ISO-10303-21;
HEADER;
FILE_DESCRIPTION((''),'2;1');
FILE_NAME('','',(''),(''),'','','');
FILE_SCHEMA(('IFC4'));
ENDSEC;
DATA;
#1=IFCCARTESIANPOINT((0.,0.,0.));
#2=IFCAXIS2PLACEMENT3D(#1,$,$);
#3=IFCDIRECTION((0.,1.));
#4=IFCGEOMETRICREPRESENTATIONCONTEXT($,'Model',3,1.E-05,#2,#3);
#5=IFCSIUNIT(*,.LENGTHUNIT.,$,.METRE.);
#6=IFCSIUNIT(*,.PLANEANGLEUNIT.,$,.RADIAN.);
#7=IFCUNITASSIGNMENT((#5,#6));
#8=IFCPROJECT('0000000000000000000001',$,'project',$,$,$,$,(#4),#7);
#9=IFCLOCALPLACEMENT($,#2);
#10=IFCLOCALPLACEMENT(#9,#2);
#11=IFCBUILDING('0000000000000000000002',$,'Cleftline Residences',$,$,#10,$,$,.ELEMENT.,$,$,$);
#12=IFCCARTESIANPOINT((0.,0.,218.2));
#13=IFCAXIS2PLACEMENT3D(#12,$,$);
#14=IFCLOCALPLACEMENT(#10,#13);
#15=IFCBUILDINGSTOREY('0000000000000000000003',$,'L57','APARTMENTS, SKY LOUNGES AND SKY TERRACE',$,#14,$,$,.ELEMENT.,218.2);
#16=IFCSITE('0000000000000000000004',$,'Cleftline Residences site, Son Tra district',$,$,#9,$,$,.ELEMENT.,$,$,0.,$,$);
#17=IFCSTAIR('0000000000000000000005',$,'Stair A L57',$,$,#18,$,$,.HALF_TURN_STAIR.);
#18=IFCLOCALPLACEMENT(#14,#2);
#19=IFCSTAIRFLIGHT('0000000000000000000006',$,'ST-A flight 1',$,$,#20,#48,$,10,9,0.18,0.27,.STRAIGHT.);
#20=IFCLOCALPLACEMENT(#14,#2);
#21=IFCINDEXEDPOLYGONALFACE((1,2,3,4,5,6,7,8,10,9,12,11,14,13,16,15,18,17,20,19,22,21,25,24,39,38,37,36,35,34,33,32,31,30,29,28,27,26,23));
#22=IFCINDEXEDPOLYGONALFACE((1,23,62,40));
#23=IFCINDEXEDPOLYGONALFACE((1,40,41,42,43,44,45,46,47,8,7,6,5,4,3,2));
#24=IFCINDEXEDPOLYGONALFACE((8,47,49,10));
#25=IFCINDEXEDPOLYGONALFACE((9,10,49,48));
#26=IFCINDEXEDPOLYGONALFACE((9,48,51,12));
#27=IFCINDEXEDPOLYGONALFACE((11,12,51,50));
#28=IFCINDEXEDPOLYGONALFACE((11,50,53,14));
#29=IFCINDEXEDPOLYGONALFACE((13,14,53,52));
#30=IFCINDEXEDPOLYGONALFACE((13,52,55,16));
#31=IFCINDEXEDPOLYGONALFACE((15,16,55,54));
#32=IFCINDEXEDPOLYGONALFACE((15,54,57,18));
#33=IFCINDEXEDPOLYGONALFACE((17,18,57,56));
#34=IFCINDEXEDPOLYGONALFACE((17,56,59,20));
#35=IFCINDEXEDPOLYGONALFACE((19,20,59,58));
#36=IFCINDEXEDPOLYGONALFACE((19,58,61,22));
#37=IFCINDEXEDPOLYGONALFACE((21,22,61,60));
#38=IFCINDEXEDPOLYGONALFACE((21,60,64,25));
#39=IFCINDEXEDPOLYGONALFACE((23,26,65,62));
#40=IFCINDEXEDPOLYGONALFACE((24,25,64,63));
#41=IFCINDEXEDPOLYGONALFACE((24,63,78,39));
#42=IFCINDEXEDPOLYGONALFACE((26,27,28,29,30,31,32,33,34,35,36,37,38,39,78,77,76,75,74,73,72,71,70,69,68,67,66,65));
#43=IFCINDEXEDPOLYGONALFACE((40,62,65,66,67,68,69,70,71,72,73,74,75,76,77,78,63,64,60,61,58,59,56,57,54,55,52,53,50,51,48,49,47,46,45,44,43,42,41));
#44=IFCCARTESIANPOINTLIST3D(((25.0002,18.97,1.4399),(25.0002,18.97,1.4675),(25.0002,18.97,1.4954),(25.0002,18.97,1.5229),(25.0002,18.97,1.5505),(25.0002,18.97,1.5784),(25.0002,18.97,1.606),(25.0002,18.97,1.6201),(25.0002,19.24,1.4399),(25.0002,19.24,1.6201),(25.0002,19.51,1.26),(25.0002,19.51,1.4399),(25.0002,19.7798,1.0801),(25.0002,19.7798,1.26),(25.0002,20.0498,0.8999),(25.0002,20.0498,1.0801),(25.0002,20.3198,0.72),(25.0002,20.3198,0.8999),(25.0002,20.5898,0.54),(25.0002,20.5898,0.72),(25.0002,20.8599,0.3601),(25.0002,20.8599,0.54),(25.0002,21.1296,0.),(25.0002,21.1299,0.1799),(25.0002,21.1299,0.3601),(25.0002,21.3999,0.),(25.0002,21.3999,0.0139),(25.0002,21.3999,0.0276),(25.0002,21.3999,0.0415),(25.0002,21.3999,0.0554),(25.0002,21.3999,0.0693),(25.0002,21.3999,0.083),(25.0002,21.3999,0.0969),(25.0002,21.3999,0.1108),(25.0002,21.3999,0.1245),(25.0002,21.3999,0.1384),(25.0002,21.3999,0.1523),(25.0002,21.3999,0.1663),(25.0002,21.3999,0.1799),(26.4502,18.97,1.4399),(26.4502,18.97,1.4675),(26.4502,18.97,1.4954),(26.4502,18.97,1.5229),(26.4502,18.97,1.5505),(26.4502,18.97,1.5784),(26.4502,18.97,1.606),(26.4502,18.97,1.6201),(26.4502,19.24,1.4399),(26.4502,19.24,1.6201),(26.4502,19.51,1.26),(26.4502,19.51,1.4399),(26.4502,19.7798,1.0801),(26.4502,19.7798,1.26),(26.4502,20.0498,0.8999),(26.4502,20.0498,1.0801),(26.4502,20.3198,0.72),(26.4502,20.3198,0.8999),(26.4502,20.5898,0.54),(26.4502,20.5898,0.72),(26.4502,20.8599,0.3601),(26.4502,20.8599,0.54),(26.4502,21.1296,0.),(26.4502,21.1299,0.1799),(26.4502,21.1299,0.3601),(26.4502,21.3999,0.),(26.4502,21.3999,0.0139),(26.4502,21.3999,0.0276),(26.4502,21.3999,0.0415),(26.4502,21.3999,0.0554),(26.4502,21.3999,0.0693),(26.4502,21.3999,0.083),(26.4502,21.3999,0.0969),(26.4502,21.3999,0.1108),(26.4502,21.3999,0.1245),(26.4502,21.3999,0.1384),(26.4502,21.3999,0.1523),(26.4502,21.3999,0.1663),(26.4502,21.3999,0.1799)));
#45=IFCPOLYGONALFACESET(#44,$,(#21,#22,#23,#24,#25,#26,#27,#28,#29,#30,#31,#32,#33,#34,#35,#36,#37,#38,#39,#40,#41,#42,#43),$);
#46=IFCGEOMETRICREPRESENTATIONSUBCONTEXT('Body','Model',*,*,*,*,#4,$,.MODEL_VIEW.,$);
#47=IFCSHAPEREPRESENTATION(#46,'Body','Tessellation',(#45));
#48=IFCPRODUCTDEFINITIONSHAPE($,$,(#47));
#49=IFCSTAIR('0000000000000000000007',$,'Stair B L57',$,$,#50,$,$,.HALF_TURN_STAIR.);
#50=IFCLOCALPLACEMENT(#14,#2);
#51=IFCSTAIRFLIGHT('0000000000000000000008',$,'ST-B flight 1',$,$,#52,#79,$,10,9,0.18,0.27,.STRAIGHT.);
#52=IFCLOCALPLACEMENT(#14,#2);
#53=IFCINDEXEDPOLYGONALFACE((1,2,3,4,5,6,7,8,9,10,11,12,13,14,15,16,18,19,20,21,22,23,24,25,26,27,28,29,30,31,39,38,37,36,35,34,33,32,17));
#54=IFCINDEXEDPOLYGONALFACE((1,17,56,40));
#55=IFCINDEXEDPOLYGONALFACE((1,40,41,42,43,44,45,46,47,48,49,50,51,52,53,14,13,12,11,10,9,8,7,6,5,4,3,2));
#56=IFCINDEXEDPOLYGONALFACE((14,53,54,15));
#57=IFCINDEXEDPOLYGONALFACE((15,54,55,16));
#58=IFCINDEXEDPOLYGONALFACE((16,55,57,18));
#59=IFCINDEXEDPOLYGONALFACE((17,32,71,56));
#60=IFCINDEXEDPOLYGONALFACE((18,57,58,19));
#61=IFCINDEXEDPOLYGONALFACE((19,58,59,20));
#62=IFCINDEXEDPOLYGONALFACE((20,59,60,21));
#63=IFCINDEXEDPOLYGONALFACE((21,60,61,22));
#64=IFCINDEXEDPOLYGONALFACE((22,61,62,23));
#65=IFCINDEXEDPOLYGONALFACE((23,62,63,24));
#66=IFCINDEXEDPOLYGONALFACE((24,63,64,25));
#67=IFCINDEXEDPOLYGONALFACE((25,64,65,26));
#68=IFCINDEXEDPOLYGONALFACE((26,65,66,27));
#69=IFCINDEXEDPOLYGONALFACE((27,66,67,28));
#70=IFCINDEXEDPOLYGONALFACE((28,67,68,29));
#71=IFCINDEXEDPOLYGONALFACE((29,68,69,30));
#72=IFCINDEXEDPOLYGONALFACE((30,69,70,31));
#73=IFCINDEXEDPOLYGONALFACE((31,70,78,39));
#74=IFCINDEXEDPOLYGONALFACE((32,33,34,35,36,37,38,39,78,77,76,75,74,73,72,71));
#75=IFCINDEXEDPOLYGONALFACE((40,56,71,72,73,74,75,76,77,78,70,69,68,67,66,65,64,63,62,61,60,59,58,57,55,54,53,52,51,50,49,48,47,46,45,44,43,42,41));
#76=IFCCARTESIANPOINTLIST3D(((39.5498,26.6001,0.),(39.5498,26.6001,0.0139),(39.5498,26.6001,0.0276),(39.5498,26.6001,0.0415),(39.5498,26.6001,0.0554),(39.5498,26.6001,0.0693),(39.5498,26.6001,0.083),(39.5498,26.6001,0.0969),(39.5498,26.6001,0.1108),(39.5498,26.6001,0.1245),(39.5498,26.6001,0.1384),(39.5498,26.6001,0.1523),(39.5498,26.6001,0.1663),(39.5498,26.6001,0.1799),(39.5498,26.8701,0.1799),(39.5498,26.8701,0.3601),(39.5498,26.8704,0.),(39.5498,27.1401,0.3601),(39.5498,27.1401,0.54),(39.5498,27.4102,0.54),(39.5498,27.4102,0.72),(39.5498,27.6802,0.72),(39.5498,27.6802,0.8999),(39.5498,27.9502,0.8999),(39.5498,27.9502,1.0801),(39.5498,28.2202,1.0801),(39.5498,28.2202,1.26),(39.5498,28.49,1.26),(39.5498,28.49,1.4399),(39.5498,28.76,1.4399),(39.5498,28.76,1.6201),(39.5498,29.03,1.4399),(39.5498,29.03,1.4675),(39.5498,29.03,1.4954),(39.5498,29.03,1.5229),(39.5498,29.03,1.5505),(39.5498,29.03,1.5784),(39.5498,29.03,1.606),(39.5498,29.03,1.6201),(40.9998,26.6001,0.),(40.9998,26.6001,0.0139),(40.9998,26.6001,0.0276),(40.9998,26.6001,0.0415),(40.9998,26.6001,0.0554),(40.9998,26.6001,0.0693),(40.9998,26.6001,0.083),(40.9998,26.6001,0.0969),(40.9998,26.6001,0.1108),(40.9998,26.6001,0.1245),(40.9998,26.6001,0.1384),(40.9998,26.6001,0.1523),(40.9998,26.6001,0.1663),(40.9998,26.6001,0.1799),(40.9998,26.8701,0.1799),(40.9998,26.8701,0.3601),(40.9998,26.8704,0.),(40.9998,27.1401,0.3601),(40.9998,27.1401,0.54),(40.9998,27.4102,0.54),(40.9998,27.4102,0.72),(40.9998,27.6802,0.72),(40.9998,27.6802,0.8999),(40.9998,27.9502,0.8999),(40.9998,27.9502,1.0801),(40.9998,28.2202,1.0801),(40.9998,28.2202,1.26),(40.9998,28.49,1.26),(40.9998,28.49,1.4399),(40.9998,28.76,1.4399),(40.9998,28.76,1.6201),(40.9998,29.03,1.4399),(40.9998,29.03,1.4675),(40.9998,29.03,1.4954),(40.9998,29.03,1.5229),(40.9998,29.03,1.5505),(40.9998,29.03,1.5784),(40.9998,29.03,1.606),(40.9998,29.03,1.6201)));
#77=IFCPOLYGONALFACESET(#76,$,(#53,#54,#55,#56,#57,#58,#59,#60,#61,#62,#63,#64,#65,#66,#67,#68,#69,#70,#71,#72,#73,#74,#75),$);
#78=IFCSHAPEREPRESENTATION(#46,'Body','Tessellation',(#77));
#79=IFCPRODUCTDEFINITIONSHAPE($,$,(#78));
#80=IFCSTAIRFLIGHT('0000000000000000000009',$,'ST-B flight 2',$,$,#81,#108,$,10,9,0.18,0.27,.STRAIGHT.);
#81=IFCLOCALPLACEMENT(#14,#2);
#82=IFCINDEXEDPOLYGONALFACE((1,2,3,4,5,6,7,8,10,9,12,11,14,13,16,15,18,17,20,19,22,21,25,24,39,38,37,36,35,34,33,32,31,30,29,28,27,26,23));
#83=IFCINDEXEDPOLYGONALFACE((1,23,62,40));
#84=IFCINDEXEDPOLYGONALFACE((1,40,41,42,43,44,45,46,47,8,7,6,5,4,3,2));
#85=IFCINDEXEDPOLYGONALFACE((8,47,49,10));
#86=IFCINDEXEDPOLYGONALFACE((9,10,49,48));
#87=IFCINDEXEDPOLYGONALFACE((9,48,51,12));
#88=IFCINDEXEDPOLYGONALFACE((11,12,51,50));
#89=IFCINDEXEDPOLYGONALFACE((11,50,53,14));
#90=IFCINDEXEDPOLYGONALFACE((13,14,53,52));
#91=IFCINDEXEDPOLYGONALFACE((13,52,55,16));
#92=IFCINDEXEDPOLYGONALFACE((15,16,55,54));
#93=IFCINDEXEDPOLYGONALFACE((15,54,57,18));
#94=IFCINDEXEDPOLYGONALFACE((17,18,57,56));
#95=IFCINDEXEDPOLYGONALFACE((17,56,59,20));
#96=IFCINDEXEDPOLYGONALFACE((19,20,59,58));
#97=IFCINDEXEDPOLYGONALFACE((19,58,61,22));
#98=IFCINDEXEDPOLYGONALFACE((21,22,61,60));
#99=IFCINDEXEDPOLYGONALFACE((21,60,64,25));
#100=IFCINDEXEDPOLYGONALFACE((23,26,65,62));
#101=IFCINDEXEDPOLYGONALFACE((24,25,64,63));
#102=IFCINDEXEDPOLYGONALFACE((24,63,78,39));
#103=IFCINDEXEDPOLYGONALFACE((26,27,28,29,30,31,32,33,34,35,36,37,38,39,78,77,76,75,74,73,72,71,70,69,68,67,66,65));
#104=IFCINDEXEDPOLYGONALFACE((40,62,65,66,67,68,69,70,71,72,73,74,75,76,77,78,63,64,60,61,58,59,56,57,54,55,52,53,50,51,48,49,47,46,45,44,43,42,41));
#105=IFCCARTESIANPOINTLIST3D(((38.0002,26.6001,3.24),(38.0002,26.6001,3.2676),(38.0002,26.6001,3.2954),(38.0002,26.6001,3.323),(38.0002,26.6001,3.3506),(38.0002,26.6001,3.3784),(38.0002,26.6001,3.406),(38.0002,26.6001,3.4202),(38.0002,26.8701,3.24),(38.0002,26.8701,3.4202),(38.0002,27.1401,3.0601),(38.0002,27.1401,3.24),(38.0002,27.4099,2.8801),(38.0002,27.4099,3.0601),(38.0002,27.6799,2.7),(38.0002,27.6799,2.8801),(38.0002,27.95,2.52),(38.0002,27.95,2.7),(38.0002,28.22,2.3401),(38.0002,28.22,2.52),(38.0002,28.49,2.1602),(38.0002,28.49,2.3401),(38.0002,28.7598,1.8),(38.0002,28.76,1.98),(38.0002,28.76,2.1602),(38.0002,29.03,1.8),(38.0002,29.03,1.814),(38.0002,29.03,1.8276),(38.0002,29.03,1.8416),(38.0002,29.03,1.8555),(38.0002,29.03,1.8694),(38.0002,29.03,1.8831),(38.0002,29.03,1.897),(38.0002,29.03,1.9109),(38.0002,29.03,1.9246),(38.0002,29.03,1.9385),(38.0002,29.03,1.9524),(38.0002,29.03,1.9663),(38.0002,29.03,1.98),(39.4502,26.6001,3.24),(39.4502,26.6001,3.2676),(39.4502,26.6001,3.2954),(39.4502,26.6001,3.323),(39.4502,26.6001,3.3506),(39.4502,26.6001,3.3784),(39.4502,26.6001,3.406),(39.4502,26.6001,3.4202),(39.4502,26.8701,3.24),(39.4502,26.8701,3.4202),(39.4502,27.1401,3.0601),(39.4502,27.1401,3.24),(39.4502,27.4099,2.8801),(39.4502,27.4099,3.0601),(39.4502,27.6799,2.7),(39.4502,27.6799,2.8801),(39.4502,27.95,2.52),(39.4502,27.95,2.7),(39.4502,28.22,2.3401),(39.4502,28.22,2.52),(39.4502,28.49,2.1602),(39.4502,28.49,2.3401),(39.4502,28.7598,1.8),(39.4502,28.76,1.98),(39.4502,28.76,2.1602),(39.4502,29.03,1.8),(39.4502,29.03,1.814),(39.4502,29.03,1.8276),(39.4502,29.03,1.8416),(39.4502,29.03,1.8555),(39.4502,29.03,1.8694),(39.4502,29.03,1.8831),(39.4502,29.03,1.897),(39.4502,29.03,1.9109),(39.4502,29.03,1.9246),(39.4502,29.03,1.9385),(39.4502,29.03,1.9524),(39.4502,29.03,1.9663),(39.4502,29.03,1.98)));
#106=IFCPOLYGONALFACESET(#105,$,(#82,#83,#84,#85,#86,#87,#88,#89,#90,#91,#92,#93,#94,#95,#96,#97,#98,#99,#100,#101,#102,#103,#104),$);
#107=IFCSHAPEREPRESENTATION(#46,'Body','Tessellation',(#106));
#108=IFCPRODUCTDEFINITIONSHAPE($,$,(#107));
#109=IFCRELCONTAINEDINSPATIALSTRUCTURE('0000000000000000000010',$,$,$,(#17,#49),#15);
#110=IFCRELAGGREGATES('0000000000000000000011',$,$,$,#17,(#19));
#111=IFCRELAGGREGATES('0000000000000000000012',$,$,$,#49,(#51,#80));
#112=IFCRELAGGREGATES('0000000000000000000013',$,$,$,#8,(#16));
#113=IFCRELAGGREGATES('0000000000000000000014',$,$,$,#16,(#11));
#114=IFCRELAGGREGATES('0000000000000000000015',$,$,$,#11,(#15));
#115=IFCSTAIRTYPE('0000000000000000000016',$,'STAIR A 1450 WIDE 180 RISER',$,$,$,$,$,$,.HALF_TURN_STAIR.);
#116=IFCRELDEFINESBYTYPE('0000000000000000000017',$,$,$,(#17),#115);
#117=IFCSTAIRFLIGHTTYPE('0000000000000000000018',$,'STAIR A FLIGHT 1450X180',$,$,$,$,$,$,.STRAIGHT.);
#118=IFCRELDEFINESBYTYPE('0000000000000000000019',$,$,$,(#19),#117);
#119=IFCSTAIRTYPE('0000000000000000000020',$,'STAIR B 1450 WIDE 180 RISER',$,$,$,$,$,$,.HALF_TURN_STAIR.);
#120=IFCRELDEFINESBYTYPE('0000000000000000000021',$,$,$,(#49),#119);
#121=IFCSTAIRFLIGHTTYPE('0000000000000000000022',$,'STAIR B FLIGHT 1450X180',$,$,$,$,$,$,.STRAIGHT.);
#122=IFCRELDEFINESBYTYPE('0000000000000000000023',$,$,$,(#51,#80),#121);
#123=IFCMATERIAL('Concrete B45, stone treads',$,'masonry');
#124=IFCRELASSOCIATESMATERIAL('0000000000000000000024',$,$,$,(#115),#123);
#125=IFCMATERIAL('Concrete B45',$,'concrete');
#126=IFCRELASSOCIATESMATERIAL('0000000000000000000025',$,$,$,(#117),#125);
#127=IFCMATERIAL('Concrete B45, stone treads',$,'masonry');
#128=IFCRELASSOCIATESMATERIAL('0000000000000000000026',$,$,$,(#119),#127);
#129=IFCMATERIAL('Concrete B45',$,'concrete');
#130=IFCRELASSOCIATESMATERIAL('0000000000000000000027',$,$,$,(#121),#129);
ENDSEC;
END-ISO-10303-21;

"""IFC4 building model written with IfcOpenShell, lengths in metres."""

from ifc_helpers import new_model, si_unit, direction, frame, origin, place, context, subcontext, project, spatial, polyline, outline, extrude, material, type_object, element, aggregate, save


model = new_model("IFC4")

# Units and contexts
model_context = context("Model", 3, precision=1e-05, world=origin(), true_north=direction((0.0, 1.0)))
body_context = subcontext(model_context, "Body", "Model", "MODEL_VIEW")
ifc_project = project(units=[si_unit("LENGTHUNIT", "METRE"), si_unit("PLANEANGLEUNIT", "RADIAN")], contexts=[model_context])

# Site, building, storey
site_placement = place(None, origin())
site = spatial("IfcSite", under=ifc_project, at=site_placement, Name="Cleftline Residences site, Son Tra district", CompositionType="ELEMENT", RefElevation=0.0)
building_placement = place(site_placement, origin())
building = spatial("IfcBuilding", under=site, at=building_placement, Name="Cleftline Residences", CompositionType="ELEMENT")
storey_placement = place(building_placement, frame((0.0, 0.0, 218.2)))
storey = spatial("IfcBuildingStorey", under=building, at=storey_placement, Name="L57", Description="APARTMENTS, SKY LOUNGES AND SKY TERRACE", CompositionType="ELEMENT", Elevation=218.2)

# Stair, stair flight
ifc_material_1 = material(Name="Concrete B45, stone treads", Category="masonry")
stair_type_1 = type_object("IfcStairType", Name="STAIR A 1450 WIDE 180 RISER", PredefinedType="HALF_TURN_STAIR", material=ifc_material_1)
stair_1_placement = place(storey_placement, origin())
stair_1 = element("IfcStair", 1, at=stair_1_placement, inside=storey, type_object=stair_type_1, Name="Stair A L57", PredefinedType="HALF_TURN_STAIR")
ifc_material_2 = material(Name="Concrete B45", Category="concrete")
stair_flight_type_1 = type_object("IfcStairFlightType", Name="STAIR A FLIGHT 1450X180", PredefinedType="STRAIGHT", material=ifc_material_2)
stair_flight_1_placement = place(storey_placement, frame((25.7251, 21.3999, 0.0), z_axis=(0.0, 0.0, 1.0), x_axis=(0.0, -1.0, 0.0)))
stair_flight_1 = element("IfcStairFlight", 2, at=stair_flight_1_placement, type_object=stair_flight_type_1, Name="ST-A flight 1", NumberOfRisers=10, NumberOfTreads=9, PredefinedType="STRAIGHT", RiserHeight=0.18, TreadLength=0.27, context=body_context, shape_type="SweptSolid", body=[
    extrude(outline(polyline([(0.0, 0.0), (0.0, 0.0139), (0.0, 0.0276), (0.0, 0.0415), (0.0, 0.0554), (0.0, 0.0693), (0.0, 0.083), (0.0, 0.0969), (0.0, 0.1108), (0.0, 0.1245), (0.0, 0.1384), (0.0, 0.1523), (0.0, 0.1663), (0.0, 0.1799), (0.27, 0.1799), (0.27, 0.3601), (0.54, 0.3601), (0.54, 0.54), (0.8101, 0.54), (0.8101, 0.72), (1.0801, 0.72), (1.0801, 0.8999), (1.3501, 0.8999), (1.3501, 1.0801), (1.6201, 1.0801), (1.6201, 1.26), (1.8899, 1.26), (1.8899, 1.4399), (2.1599, 1.4399), (2.1599, 1.6201), (2.4299, 1.6201), (2.4299, 1.8), (2.4299, 1.7722), (2.4299, 1.7446), (2.4299, 1.7168), (2.4299, 1.6892), (2.4299, 1.6614), (2.4299, 1.6338), (2.4299, 1.606), (2.4299, 1.5784), (2.4299, 1.5505), (2.4299, 1.5229), (2.4299, 1.4954), (2.4299, 1.4675), (2.4299, 1.4399), (0.2703, 0.0), (0.0, 0.0)])), frame((0.0, 0.7251, 0.0), z_axis=(0.0, -1.0, 0.0), x_axis=(1.0, 0.0, 0.0)), (0.0, 0.0, 1.0), 1.45),
])
aggregate(stair_1, [stair_flight_1])

# Stair, stair flights
ifc_material_3 = material(Name="Concrete B45, stone treads", Category="masonry")
stair_type_2 = type_object("IfcStairType", Name="STAIR B 1450 WIDE 180 RISER", PredefinedType="HALF_TURN_STAIR", material=ifc_material_3)
stair_2_placement = place(storey_placement, origin())
stair_2 = element("IfcStair", 3, at=stair_2_placement, inside=storey, type_object=stair_type_2, Name="Stair B L57", PredefinedType="HALF_TURN_STAIR")
ifc_material_4 = material(Name="Concrete B45", Category="concrete")
stair_flight_type_2 = type_object("IfcStairFlightType", Name="STAIR B FLIGHT 1450X180", PredefinedType="STRAIGHT", material=ifc_material_4)
stair_flight_2_placement = place(storey_placement, frame((40.2749, 26.6001, 0.0), z_axis=(0.0, 0.0, 1.0), x_axis=(0.0, 1.0, 0.0)))
stair_flight_2 = element("IfcStairFlight", 4, at=stair_flight_2_placement, type_object=stair_flight_type_2, Name="ST-B flight 1", NumberOfRisers=10, NumberOfTreads=9, PredefinedType="STRAIGHT", RiserHeight=0.18, TreadLength=0.27, context=body_context, shape_type="SweptSolid", body=[
    extrude(outline(polyline([(0.0, 0.0), (0.0, 0.0139), (0.0, 0.0276), (0.0, 0.0415), (0.0, 0.0554), (0.0, 0.0693), (0.0, 0.083), (0.0, 0.0969), (0.0, 0.1108), (0.0, 0.1245), (0.0, 0.1384), (0.0, 0.1523), (0.0, 0.1663), (0.0, 0.1799), (0.27, 0.1799), (0.27, 0.3601), (0.54, 0.3601), (0.54, 0.54), (0.8101, 0.54), (0.8101, 0.72), (1.0801, 0.72), (1.0801, 0.8999), (1.3501, 0.8999), (1.3501, 1.0801), (1.6201, 1.0801), (1.6201, 1.26), (1.8899, 1.26), (1.8899, 1.4399), (2.1599, 1.4399), (2.1599, 1.6201), (2.4299, 1.6201), (2.4299, 1.8), (2.4299, 1.7722), (2.4299, 1.7446), (2.4299, 1.7168), (2.4299, 1.6892), (2.4299, 1.6614), (2.4299, 1.6338), (2.4299, 1.606), (2.4299, 1.5784), (2.4299, 1.5505), (2.4299, 1.5229), (2.4299, 1.4954), (2.4299, 1.4675), (2.4299, 1.4399), (0.2703, 0.0), (0.0, 0.0)])), frame((0.0, 0.7251, 0.0), z_axis=(0.0, -1.0, 0.0), x_axis=(1.0, 0.0, 0.0)), (0.0, 0.0, 1.0), 1.45),
])
stair_flight_3_placement = place(storey_placement, frame((38.7251, 29.03, 1.8), z_axis=(0.0, 0.0, 1.0), x_axis=(0.0, -1.0, 0.0)))
stair_flight_3 = element("IfcStairFlight", 5, at=stair_flight_3_placement, type_object=stair_flight_type_2, Name="ST-B flight 2", NumberOfRisers=10, NumberOfTreads=9, PredefinedType="STRAIGHT", RiserHeight=0.18, TreadLength=0.27, context=body_context, shape_type="SweptSolid", body=[
    extrude(outline(polyline([(0.0, 0.0), (0.0, 0.0139), (0.0, 0.0276), (0.0, 0.0415), (0.0, 0.0554), (0.0, 0.0693), (0.0, 0.083), (0.0, 0.0969), (0.0, 0.1108), (0.0, 0.1245), (0.0, 0.1384), (0.0, 0.1523), (0.0, 0.1663), (0.0, 0.1799), (0.27, 0.1799), (0.27, 0.3601), (0.54, 0.3601), (0.54, 0.54), (0.8101, 0.54), (0.8101, 0.72), (1.0801, 0.72), (1.0801, 0.8999), (1.3501, 0.8999), (1.3501, 1.0801), (1.6201, 1.0801), (1.6201, 1.26), (1.8899, 1.26), (1.8899, 1.4399), (2.1599, 1.4399), (2.1599, 1.6201), (2.4299, 1.6201), (2.4299, 1.8), (2.4299, 1.7722), (2.4299, 1.7446), (2.4299, 1.7168), (2.4299, 1.6892), (2.4299, 1.6614), (2.4299, 1.6338), (2.4299, 1.606), (2.4299, 1.5784), (2.4299, 1.5505), (2.4299, 1.5229), (2.4299, 1.4954), (2.4299, 1.4675), (2.4299, 1.4399), (0.2703, 0.0), (0.0, 0.0)])), frame((0.0, 0.7251, 0.0), z_axis=(0.0, -1.0, 0.0), x_axis=(1.0, 0.0, 0.0)), (0.0, 0.0, 1.0), 1.45),
])
aggregate(stair_2, [stair_flight_2, stair_flight_3])

save(model, "model.ifc")
